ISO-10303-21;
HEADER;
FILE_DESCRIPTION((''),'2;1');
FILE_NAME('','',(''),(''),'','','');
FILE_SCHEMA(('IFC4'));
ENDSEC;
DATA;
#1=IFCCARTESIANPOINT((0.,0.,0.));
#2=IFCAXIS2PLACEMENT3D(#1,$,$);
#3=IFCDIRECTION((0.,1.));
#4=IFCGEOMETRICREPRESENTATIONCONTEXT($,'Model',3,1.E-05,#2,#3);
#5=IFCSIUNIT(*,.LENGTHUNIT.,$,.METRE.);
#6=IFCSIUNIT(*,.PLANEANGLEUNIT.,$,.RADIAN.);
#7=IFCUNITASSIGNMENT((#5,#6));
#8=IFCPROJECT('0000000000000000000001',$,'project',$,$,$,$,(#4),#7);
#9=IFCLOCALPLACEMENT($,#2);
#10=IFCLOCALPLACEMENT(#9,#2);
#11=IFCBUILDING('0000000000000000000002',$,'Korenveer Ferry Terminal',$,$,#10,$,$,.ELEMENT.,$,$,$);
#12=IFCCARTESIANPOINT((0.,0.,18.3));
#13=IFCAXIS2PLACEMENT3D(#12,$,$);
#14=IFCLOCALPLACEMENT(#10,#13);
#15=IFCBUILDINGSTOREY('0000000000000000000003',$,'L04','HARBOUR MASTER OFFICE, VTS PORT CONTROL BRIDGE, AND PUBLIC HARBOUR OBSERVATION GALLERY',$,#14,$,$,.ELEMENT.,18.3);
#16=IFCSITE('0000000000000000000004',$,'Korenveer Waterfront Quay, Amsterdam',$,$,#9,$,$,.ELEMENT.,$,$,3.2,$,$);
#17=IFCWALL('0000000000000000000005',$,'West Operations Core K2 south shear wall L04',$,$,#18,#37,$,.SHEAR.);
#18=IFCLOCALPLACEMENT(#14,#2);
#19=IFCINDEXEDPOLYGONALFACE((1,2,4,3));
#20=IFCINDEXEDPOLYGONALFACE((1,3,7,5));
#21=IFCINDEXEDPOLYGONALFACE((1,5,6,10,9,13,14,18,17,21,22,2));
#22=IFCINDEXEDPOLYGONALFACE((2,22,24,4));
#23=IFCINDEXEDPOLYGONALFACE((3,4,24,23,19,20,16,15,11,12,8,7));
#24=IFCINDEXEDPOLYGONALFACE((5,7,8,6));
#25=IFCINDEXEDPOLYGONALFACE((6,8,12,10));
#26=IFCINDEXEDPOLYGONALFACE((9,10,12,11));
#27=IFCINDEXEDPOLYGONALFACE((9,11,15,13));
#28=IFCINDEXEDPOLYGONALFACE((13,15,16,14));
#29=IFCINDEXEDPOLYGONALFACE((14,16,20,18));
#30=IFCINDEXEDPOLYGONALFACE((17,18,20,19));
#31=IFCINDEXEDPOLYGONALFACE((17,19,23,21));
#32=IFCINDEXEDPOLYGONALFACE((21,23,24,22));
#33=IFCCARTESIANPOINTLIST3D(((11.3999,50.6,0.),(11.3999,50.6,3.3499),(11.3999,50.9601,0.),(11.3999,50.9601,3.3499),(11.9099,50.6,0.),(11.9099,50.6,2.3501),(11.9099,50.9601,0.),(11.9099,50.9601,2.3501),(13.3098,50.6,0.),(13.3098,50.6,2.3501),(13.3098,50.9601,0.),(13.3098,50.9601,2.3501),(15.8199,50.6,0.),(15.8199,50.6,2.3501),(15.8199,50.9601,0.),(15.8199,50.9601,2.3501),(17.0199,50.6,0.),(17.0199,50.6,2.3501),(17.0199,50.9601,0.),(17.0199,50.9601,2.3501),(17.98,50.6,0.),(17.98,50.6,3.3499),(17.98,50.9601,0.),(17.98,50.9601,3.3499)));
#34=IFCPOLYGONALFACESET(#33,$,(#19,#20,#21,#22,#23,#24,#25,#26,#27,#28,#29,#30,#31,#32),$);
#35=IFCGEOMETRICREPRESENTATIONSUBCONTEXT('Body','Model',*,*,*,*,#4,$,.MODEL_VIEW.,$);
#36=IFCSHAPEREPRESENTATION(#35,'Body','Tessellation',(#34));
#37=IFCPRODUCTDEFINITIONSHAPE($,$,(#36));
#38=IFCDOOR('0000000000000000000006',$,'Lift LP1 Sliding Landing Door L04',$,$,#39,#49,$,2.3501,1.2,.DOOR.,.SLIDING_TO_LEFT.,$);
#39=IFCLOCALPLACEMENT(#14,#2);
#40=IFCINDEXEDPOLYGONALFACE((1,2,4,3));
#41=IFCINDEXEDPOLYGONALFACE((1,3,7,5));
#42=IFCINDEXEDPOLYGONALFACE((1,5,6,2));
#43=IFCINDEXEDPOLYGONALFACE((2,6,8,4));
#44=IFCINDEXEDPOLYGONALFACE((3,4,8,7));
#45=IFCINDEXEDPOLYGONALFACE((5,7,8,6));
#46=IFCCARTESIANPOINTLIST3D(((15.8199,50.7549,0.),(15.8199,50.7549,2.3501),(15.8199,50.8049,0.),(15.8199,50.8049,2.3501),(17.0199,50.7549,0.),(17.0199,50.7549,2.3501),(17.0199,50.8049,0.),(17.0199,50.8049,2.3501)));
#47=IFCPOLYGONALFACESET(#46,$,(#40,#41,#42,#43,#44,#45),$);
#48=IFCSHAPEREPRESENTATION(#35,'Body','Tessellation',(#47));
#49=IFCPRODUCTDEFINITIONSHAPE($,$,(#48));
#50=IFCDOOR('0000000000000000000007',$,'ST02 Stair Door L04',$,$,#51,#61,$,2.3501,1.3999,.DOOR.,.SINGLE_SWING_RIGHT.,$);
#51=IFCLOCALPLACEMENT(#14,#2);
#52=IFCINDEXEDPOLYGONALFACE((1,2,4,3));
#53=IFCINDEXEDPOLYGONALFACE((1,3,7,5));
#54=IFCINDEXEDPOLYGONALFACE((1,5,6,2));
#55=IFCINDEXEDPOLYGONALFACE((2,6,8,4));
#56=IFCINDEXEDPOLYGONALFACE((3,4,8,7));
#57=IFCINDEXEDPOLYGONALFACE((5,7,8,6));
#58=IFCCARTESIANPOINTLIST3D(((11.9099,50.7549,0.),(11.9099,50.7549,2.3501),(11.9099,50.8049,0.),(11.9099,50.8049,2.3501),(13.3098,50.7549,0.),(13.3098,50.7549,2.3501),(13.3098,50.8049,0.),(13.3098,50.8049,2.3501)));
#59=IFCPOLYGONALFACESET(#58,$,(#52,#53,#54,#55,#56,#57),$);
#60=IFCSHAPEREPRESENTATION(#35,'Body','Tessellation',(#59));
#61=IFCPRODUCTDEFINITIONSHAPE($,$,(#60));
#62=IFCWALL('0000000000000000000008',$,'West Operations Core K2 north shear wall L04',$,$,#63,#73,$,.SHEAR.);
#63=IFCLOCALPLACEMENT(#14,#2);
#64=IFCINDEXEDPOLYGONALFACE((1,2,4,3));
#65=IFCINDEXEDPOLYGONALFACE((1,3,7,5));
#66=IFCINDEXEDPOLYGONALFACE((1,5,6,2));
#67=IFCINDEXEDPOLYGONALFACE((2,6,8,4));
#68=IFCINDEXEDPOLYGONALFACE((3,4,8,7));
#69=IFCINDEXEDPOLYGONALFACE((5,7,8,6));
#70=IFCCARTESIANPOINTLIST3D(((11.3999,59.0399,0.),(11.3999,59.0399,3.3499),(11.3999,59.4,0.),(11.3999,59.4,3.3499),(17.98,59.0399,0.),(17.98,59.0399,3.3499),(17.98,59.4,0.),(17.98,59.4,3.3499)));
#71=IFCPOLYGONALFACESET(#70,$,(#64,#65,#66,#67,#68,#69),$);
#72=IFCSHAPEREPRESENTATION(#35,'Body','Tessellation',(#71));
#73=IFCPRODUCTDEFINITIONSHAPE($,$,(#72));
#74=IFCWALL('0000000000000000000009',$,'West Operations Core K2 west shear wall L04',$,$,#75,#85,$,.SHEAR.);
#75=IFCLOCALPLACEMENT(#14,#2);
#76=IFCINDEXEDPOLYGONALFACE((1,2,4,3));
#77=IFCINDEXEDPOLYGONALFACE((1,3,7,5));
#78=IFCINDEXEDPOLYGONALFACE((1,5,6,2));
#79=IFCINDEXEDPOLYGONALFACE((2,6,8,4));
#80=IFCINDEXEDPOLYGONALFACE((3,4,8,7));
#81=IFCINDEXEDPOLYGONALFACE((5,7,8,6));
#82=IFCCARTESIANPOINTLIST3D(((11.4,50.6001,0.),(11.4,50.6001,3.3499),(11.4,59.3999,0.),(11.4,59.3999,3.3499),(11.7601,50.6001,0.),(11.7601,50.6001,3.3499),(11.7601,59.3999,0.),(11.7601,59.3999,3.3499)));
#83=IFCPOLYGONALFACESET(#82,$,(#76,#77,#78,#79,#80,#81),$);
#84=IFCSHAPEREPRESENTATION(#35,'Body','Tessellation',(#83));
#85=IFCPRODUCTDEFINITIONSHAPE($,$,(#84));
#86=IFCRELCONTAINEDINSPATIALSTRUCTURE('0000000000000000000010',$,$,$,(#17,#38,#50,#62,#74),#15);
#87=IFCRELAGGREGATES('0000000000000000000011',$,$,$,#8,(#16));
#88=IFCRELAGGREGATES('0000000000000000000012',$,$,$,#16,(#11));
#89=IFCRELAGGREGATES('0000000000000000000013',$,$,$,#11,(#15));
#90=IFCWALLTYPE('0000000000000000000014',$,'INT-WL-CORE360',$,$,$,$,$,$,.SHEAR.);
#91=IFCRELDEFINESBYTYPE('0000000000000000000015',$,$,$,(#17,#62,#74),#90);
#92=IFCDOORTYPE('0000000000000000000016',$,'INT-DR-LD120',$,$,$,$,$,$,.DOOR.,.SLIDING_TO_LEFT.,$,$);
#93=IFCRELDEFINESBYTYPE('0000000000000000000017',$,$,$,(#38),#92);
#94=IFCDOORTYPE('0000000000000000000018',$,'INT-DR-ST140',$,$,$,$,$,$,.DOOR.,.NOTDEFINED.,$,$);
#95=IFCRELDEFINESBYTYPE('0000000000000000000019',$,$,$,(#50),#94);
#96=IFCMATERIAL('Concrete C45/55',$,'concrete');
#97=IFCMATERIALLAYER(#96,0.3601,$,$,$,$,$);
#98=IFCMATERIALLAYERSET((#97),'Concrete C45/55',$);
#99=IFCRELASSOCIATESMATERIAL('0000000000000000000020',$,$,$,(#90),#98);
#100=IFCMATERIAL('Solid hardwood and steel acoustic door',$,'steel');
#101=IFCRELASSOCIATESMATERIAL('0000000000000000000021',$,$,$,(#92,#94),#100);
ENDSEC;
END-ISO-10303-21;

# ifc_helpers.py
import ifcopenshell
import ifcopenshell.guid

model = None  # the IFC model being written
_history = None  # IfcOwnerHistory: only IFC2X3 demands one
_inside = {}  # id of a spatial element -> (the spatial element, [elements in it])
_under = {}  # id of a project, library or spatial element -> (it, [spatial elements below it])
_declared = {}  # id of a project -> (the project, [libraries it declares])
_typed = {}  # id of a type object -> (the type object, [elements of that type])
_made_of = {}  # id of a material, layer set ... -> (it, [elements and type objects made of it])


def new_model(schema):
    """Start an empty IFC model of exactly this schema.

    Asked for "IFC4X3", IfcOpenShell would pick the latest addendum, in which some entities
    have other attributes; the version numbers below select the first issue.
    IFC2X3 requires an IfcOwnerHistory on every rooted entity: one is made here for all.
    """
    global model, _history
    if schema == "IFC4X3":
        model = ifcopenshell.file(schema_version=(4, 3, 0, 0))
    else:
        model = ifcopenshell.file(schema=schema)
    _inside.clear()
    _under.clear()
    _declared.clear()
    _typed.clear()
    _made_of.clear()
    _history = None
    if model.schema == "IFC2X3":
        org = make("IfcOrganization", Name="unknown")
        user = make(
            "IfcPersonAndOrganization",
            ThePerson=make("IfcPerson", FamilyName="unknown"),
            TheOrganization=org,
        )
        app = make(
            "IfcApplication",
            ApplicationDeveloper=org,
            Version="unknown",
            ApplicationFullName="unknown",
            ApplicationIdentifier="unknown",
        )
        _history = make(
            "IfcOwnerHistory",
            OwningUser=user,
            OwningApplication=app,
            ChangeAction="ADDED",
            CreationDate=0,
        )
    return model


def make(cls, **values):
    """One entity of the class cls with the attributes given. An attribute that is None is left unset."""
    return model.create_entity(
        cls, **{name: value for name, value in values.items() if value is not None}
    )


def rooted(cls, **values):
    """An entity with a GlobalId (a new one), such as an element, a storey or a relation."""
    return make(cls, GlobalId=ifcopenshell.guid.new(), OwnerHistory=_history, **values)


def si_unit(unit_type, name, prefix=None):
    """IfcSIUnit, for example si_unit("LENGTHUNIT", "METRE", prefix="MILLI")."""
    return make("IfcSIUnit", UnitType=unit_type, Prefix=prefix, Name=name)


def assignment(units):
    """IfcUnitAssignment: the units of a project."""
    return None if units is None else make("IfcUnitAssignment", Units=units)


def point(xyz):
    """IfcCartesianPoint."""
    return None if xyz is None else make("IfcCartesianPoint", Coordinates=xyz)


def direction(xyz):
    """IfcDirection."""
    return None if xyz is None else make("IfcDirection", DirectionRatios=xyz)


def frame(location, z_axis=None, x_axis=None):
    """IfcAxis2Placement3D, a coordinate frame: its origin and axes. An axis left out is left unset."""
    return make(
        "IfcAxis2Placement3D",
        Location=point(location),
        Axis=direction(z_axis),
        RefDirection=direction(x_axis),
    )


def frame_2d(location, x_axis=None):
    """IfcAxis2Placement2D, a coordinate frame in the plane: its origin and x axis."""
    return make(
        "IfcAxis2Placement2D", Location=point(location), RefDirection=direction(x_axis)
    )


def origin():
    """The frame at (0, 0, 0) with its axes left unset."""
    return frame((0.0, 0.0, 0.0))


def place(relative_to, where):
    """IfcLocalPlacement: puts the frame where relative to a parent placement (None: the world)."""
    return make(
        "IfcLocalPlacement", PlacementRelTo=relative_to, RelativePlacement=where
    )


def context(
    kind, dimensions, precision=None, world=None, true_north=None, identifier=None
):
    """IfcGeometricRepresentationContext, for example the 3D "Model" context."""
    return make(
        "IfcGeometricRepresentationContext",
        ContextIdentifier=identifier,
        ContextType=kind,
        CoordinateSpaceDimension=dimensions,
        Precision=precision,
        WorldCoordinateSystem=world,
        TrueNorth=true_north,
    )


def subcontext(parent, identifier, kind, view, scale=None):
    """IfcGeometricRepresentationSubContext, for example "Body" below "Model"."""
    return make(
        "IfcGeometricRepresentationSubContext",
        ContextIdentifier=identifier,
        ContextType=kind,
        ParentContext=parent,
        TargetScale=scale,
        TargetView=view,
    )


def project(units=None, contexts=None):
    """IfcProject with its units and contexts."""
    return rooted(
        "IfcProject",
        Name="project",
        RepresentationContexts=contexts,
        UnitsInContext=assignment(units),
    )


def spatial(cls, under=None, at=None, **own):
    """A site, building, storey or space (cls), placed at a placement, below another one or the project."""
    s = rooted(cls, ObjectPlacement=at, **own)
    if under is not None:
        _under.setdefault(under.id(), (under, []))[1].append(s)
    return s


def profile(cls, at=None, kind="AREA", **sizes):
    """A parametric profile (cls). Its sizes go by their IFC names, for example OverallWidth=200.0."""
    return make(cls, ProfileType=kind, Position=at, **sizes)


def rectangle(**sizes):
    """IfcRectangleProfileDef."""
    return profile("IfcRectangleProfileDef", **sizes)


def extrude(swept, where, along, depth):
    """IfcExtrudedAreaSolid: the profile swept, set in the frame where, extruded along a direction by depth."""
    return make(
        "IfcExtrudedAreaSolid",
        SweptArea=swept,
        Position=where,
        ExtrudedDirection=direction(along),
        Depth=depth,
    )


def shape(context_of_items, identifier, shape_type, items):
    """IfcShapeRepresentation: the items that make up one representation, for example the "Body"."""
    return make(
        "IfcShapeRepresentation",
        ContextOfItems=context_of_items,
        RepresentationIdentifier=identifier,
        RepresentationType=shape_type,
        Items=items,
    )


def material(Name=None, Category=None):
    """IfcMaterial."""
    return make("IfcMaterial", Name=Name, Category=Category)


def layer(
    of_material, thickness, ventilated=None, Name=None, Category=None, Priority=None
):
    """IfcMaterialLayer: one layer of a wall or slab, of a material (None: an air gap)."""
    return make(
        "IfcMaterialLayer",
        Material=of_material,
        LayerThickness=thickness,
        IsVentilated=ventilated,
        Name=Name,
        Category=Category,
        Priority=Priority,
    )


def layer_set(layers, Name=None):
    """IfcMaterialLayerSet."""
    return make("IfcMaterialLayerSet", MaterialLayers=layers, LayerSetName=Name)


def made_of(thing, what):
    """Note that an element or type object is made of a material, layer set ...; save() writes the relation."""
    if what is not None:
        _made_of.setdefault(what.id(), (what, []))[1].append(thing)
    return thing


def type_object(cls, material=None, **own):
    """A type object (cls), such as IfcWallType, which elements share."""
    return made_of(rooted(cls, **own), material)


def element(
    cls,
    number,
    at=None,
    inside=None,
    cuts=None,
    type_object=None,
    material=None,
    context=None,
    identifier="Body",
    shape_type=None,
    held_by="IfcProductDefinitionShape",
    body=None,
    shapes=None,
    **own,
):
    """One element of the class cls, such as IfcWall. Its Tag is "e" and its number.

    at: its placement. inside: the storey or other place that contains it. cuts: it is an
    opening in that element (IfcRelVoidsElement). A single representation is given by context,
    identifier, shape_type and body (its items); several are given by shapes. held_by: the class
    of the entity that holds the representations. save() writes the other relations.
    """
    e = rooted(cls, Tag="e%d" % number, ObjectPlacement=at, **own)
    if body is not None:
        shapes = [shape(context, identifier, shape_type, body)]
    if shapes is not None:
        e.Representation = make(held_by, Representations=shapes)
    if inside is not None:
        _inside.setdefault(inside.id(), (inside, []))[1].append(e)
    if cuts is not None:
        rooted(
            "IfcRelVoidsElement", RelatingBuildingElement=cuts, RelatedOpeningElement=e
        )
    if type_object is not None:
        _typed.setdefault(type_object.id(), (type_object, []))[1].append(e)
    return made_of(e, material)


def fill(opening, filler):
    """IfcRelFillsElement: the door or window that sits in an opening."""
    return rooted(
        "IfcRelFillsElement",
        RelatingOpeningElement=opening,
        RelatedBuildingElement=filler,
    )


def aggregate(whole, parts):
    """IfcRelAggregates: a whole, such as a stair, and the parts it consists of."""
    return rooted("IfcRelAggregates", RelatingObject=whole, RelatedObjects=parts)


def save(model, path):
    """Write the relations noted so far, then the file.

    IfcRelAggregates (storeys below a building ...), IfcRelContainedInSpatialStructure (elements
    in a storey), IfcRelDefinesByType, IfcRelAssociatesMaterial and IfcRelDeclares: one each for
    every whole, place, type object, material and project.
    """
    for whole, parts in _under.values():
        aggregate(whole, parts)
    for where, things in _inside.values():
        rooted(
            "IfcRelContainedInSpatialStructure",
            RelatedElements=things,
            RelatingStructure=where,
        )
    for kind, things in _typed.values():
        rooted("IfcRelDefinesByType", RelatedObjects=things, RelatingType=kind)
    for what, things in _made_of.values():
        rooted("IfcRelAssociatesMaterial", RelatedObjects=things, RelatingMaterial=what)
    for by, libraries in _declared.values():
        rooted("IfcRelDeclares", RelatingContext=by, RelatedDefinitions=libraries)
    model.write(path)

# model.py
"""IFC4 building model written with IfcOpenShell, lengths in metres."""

from ifc_helpers import new_model, si_unit, direction, frame, frame_2d, origin, place, context, subcontext, project, spatial, rectangle, extrude, material, layer, layer_set, type_object, element, fill, save


model = new_model("IFC4")

# Units and contexts
model_context = context("Model", 3, precision=1e-05, world=origin(), true_north=direction((0.0, 1.0)))
body_context = subcontext(model_context, "Body", "Model", "MODEL_VIEW")
ifc_project = project(units=[si_unit("LENGTHUNIT", "METRE"), si_unit("PLANEANGLEUNIT", "RADIAN")], contexts=[model_context])

# Site, building, storey
site_placement = place(None, origin())
site = spatial("IfcSite", under=ifc_project, at=site_placement, Name="Korenveer Waterfront Quay, Amsterdam", CompositionType="ELEMENT", RefElevation=3.2)
building_placement = place(site_placement, origin())
building = spatial("IfcBuilding", under=site, at=building_placement, Name="Korenveer Ferry Terminal", CompositionType="ELEMENT")
storey_placement = place(building_placement, frame((0.0, 0.0, 18.3)))
storey = spatial("IfcBuildingStorey", under=building, at=storey_placement, Name="L04", Description="HARBOUR MASTER OFFICE, VTS PORT CONTROL BRIDGE, AND PUBLIC HARBOUR OBSERVATION GALLERY", CompositionType="ELEMENT", Elevation=18.3)

# Wall, openings, doors
ifc_material_1 = material(Name="Concrete C45/55", Category="concrete")
ifc_layer_1 = layer(ifc_material_1, 0.3601)
ifc_layer_set_1 = layer_set([ifc_layer_1], Name="Concrete C45/55")
wall_type = type_object("IfcWallType", Name="INT-WL-CORE360", PredefinedType="SHEAR", material=ifc_layer_set_1)
wall_1_placement = place(storey_placement, frame((11.3999, 50.78, 0.0), z_axis=(0.0, 0.0, 1.0), x_axis=(1.0, 0.0, 0.0)))
wall_1 = element("IfcWall", 1, at=wall_1_placement, inside=storey, type_object=wall_type, Name="West Operations Core K2 south shear wall L04", PredefinedType="SHEAR", context=body_context, shape_type="SweptSolid", body=[
    extrude(rectangle(XDim=6.5801, YDim=0.3601, at=frame_2d((3.29, 0.0))), origin(), (0.0, 0.0, 1.0), 3.3499),
])
opening_1_placement = place(wall_1_placement, frame((0.51, 0.0, 0.0)))
opening_1 = element("IfcOpeningElement", 2, at=opening_1_placement, cuts=wall_1, PredefinedType="OPENING", context=body_context, shape_type="SweptSolid", body=[
    extrude(rectangle(XDim=1.3999, YDim=2.3501, at=frame_2d((0.7, 1.175))), frame((0.0, 0.1899, 0.0), z_axis=(0.0, -1.0, 0.0), x_axis=(1.0, 0.0, 0.0)), (0.0, 0.0, 1.0), 0.3801),
])
opening_2_placement = place(wall_1_placement, frame((4.4199, 0.0, 0.0)))
opening_2 = element("IfcOpeningElement", 3, at=opening_2_placement, cuts=wall_1, PredefinedType="OPENING", context=body_context, shape_type="SweptSolid", body=[
    extrude(rectangle(XDim=1.2, YDim=2.3501, at=frame_2d((0.6001, 1.175))), frame((0.0, 0.1899, 0.0), z_axis=(0.0, -1.0, 0.0), x_axis=(1.0, 0.0, 0.0)), (0.0, 0.0, 1.0), 0.3801),
])
ifc_material_2 = material(Name="Solid hardwood and steel acoustic door", Category="steel")
door_type_1 = type_object("IfcDoorType", Name="INT-DR-LD120", OperationType="SLIDING_TO_LEFT", PredefinedType="DOOR", material=ifc_material_2)
door_1_placement = place(opening_2_placement, origin())
door_1 = element("IfcDoor", 4, at=door_1_placement, inside=storey, type_object=door_type_1, Name="Lift LP1 Sliding Landing Door L04", OperationType="SLIDING_TO_LEFT", OverallHeight=2.3501, OverallWidth=1.2, PredefinedType="DOOR", context=body_context, shape_type="SweptSolid", body=[
    extrude(rectangle(XDim=1.2, YDim=2.3501, at=frame_2d((0.6001, 1.175))), frame((0.0, 0.0249, 0.0), z_axis=(0.0, -1.0, 0.0), x_axis=(1.0, 0.0, 0.0)), (0.0, 0.0, 1.0), 0.05),
])
fill(opening_2, door_1)
door_type_2 = type_object("IfcDoorType", Name="INT-DR-ST140", OperationType="NOTDEFINED", PredefinedType="DOOR", material=ifc_material_2)
door_2_placement = place(opening_1_placement, origin())
door_2 = element("IfcDoor", 5, at=door_2_placement, inside=storey, type_object=door_type_2, Name="ST02 Stair Door L04", OperationType="SINGLE_SWING_RIGHT", OverallHeight=2.3501, OverallWidth=1.3999, PredefinedType="DOOR", context=body_context, shape_type="SweptSolid", body=[
    extrude(rectangle(XDim=1.3999, YDim=2.3501, at=frame_2d((0.7, 1.175))), frame((0.0, 0.0249, 0.0), z_axis=(0.0, -1.0, 0.0), x_axis=(1.0, 0.0, 0.0)), (0.0, 0.0, 1.0), 0.05),
])
fill(opening_1, door_2)

# Walls
wall_2_placement = place(storey_placement, frame((11.3999, 59.22, 0.0), z_axis=(0.0, 0.0, 1.0), x_axis=(1.0, 0.0, 0.0)))
element("IfcWall", 6, at=wall_2_placement, inside=storey, type_object=wall_type, Name="West Operations Core K2 north shear wall L04", PredefinedType="SHEAR", context=body_context, shape_type="SweptSolid", body=[
    extrude(rectangle(XDim=6.5801, YDim=0.3601, at=frame_2d((3.29, 0.0))), origin(), (0.0, 0.0, 1.0), 3.3499),
])
wall_3_placement = place(storey_placement, frame((11.5801, 50.6001, 0.0), z_axis=(0.0, 0.0, 1.0), x_axis=(0.0, 1.0, 0.0)))
element("IfcWall", 7, at=wall_3_placement, inside=storey, type_object=wall_type, Name="West Operations Core K2 west shear wall L04", PredefinedType="SHEAR", context=body_context, shape_type="SweptSolid", body=[
    extrude(rectangle(XDim=8.7998, YDim=0.3601, at=frame_2d((4.3999, 0.0))), origin(), (0.0, 0.0, 1.0), 3.3499),
])

save(model, "model.ifc")
